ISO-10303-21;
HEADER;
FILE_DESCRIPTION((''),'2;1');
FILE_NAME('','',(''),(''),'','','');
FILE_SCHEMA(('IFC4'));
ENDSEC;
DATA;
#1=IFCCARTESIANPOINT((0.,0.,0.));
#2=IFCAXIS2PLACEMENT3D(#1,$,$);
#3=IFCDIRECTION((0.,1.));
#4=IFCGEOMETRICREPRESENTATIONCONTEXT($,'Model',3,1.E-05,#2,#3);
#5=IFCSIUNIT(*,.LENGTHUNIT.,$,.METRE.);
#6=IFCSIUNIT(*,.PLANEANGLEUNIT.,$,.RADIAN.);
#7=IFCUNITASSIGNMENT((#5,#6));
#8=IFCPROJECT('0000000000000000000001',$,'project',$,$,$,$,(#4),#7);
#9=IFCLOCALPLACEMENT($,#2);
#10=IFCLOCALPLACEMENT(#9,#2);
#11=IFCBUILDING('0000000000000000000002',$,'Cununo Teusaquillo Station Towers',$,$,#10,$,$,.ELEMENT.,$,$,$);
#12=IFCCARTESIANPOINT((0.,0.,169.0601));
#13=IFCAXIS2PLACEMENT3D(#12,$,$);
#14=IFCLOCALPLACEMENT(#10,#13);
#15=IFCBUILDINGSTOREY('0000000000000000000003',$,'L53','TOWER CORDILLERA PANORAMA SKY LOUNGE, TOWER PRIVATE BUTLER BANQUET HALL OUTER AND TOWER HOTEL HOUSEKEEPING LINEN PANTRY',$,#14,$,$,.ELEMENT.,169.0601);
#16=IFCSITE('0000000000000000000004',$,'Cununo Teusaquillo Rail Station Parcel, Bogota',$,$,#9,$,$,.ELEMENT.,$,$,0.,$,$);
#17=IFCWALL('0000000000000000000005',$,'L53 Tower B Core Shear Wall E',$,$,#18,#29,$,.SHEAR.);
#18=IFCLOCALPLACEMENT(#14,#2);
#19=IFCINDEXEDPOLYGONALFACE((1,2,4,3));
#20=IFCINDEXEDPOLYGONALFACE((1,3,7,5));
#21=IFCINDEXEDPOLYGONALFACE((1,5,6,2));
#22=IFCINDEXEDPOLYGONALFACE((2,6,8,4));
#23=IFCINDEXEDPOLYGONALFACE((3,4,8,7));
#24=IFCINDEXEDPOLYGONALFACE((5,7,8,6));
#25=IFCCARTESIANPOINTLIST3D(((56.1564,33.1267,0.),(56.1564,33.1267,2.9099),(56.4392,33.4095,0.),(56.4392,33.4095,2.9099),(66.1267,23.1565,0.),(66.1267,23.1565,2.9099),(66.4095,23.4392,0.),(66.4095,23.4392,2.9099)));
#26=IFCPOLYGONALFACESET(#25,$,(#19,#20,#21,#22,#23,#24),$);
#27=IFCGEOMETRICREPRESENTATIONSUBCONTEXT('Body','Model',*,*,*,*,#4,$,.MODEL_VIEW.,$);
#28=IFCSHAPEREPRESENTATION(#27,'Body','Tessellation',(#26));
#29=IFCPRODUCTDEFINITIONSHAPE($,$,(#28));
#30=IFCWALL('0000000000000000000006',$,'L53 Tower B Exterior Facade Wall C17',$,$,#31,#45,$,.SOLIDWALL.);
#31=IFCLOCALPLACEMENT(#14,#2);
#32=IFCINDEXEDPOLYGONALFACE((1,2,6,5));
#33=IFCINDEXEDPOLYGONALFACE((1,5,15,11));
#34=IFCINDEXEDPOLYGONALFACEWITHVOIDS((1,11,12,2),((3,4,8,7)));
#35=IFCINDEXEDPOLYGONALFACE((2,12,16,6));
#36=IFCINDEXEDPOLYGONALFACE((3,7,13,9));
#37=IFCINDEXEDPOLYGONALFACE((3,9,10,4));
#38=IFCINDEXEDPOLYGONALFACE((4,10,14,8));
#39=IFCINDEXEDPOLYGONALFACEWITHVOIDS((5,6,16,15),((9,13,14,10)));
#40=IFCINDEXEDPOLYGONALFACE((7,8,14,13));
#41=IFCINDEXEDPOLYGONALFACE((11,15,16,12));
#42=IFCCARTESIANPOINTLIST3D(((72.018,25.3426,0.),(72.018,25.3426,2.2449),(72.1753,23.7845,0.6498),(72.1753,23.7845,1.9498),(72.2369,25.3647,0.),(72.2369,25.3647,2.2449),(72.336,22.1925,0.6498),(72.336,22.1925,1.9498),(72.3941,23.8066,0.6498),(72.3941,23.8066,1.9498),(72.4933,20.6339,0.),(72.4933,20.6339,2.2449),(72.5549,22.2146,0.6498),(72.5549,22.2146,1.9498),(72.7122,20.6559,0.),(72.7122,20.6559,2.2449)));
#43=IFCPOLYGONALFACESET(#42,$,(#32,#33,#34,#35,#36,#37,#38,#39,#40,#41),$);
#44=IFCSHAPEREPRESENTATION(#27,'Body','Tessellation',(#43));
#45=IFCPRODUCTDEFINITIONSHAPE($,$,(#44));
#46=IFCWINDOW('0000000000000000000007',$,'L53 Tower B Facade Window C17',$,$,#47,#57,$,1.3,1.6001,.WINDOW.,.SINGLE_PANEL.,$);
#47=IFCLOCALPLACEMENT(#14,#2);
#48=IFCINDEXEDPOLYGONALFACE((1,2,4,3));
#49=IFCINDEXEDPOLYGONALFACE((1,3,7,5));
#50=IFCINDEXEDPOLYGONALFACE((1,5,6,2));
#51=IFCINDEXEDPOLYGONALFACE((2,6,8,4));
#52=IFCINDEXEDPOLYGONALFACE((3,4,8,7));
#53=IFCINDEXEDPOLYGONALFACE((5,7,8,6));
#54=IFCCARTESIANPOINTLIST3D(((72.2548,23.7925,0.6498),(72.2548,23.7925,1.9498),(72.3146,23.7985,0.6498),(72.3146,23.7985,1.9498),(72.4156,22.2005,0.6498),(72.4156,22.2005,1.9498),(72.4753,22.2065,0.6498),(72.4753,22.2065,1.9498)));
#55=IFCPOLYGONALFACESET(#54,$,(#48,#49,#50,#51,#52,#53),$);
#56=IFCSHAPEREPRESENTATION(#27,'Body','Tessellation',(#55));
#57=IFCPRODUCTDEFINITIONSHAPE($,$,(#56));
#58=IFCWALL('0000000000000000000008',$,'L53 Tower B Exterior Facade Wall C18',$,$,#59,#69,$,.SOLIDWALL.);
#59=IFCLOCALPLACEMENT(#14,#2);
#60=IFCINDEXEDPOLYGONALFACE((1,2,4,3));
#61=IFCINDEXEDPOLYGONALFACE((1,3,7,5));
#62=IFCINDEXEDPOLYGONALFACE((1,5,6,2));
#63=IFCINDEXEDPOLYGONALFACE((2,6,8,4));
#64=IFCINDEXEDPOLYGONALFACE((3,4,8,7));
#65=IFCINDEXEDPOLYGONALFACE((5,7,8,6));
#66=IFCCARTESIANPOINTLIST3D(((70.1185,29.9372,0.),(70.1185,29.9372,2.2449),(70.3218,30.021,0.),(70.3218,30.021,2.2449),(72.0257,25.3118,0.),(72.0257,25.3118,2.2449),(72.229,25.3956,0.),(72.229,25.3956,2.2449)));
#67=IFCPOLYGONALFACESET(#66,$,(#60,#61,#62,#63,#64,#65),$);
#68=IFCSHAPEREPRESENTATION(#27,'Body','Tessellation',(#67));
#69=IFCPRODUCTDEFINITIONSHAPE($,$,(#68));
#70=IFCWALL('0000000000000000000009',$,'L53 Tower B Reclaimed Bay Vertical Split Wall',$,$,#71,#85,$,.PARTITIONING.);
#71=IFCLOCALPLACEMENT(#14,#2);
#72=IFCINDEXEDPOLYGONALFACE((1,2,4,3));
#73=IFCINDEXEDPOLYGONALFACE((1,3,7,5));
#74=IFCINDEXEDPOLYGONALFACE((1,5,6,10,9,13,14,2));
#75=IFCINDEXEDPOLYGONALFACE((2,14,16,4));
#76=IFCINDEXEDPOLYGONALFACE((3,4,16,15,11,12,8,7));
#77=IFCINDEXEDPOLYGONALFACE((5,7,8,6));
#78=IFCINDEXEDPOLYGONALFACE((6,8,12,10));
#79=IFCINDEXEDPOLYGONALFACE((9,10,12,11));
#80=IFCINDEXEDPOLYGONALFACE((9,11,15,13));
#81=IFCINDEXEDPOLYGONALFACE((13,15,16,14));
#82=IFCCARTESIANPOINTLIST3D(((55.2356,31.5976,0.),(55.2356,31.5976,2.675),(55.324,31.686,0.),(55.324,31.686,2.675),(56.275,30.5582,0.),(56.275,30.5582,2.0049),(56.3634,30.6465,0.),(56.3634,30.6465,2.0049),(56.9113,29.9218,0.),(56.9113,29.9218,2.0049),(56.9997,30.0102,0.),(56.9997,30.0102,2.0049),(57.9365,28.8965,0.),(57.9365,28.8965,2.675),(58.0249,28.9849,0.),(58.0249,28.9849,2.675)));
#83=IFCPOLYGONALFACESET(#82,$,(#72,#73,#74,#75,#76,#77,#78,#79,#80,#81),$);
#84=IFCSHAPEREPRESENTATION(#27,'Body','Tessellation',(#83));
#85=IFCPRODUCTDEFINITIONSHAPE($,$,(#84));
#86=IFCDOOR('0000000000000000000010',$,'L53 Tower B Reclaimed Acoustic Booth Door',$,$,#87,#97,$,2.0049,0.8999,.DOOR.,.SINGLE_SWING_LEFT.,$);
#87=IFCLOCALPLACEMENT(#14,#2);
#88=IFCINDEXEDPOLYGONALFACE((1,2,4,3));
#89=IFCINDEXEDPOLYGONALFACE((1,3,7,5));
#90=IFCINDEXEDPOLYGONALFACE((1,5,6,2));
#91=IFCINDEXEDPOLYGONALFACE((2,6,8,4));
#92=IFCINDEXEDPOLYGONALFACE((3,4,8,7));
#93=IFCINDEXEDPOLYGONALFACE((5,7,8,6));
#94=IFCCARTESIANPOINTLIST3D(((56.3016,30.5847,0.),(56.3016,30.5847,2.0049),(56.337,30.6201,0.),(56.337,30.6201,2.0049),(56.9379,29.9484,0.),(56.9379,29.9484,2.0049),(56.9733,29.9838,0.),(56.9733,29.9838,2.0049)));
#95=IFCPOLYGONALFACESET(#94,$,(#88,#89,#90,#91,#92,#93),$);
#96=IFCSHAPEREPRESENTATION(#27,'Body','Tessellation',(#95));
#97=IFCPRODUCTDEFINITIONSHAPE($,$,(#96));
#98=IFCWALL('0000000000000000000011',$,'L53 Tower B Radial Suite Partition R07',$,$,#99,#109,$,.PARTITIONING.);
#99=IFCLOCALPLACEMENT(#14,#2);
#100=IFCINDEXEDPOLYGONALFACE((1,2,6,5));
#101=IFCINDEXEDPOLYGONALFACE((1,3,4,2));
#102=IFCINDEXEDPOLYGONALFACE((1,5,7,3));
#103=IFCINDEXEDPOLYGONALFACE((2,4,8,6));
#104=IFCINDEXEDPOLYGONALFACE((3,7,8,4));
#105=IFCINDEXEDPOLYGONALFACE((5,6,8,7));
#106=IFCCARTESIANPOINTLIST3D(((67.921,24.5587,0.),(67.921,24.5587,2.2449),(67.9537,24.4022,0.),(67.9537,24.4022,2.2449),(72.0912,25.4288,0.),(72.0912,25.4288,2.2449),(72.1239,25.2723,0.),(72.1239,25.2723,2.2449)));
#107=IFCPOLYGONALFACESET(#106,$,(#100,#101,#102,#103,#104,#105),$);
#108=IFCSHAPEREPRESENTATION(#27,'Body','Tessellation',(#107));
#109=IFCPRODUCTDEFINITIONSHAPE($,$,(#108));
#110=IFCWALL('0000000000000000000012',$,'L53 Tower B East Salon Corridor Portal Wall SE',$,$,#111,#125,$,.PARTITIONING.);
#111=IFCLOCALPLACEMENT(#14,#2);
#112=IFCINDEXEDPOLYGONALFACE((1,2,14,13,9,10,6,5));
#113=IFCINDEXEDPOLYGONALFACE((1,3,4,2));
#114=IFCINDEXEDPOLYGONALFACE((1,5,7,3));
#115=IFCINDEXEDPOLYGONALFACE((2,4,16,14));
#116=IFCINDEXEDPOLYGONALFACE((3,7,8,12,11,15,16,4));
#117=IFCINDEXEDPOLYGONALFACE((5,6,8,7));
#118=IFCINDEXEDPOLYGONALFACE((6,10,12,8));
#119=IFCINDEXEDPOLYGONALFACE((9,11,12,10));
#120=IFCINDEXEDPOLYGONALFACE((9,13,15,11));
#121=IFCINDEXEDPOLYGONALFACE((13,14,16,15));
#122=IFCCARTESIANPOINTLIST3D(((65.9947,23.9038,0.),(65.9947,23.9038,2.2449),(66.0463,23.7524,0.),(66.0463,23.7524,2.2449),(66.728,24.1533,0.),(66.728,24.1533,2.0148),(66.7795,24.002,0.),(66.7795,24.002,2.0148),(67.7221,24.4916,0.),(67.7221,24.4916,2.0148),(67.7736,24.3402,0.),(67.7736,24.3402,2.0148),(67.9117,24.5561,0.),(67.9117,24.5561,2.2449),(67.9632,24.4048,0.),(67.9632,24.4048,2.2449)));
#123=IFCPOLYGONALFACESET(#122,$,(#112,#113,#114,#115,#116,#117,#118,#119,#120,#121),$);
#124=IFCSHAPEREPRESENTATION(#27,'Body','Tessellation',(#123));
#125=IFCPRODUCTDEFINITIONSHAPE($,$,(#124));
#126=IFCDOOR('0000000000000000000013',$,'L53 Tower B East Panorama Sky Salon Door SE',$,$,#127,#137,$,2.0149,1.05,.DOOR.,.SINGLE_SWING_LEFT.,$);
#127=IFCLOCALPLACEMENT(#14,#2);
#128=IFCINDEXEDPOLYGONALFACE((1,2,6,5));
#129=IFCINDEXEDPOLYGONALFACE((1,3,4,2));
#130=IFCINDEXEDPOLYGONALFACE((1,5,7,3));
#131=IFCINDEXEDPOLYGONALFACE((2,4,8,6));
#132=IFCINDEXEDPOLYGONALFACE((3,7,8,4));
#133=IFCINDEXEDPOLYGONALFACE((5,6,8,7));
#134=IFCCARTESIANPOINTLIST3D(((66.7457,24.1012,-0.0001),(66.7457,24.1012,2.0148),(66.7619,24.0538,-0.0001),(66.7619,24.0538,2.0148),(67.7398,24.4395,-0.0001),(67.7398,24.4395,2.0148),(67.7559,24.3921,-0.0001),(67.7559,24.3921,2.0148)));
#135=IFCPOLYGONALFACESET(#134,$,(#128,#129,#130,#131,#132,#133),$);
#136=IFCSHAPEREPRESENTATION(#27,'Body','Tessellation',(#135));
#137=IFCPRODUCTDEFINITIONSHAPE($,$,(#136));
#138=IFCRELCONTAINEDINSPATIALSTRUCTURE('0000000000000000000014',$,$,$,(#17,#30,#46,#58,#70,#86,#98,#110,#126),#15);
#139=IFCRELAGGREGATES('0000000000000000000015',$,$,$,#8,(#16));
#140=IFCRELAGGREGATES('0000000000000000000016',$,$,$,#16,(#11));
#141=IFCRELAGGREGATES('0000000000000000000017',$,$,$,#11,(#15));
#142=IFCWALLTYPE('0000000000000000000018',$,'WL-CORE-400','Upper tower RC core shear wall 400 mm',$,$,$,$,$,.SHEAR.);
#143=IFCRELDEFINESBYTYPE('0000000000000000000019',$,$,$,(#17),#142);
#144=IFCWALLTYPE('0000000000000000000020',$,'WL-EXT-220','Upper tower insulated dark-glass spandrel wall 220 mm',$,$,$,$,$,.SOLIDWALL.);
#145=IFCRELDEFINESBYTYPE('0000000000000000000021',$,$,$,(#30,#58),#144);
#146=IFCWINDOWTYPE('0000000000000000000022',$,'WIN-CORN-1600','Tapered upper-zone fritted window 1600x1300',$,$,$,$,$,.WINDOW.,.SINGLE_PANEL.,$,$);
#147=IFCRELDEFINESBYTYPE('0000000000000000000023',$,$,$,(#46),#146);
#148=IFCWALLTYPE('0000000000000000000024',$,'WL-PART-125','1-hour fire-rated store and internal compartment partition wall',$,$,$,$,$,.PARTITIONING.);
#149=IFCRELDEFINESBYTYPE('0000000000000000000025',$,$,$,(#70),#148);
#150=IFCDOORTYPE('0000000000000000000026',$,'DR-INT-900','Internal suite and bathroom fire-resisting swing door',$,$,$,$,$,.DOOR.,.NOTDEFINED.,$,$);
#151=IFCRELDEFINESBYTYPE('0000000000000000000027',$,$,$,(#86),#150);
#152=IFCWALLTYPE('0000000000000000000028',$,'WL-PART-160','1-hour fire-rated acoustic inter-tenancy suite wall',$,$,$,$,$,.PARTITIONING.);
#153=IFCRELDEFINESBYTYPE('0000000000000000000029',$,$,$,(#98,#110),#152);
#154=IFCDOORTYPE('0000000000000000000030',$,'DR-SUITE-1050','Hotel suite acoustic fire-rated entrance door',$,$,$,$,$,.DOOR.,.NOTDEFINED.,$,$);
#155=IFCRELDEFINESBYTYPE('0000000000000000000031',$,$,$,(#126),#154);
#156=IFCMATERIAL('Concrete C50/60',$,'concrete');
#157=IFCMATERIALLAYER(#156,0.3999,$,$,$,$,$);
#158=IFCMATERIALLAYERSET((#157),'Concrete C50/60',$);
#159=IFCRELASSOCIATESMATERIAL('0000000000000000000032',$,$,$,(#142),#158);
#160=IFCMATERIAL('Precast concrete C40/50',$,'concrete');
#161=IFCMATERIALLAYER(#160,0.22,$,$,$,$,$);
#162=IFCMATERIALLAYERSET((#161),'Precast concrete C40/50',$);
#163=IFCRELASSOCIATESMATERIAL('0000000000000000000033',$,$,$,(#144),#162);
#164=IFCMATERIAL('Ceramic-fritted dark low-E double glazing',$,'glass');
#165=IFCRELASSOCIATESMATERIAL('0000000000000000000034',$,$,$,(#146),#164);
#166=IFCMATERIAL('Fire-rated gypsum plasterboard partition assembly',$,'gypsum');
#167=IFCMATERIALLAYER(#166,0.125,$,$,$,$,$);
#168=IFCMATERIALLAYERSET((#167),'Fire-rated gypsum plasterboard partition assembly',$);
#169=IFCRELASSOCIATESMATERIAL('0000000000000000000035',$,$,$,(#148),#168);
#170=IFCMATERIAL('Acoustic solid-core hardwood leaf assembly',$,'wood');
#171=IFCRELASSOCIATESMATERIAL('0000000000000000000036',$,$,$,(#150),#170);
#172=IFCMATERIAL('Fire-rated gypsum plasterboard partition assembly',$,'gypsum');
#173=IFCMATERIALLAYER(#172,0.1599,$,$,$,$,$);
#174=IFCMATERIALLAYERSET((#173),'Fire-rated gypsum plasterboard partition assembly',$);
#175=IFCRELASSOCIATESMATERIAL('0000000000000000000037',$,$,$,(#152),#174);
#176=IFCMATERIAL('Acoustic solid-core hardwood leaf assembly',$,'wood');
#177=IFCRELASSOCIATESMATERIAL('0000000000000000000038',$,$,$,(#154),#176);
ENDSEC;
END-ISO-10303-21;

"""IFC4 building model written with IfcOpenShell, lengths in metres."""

from ifc_helpers import new_model, si_unit, direction, frame, frame_2d, origin, place, context, subcontext, project, spatial, rectangle, extrude, source, transform, mapped, material, layer, layer_set, type_object, element, fill, save


model = new_model("IFC4")

# Units and contexts
model_context = context("Model", 3, precision=1e-05, world=origin(), true_north=direction((0.0, 1.0)))
body_context = subcontext(model_context, "Body", "Model", "MODEL_VIEW")
ifc_project = project(units=[si_unit("LENGTHUNIT", "METRE"), si_unit("PLANEANGLEUNIT", "RADIAN")], contexts=[model_context])

# Site, building, storey
site_placement = place(None, origin())
site = spatial("IfcSite", under=ifc_project, at=site_placement, Name="Cununo Teusaquillo Rail Station Parcel, Bogota", CompositionType="ELEMENT", RefElevation=0.0)
building_placement = place(site_placement, origin())
building = spatial("IfcBuilding", under=site, at=building_placement, Name="Cununo Teusaquillo Station Towers", CompositionType="ELEMENT")
storey_placement = place(building_placement, frame((0.0, 0.0, 169.0601)))
storey = spatial("IfcBuildingStorey", under=building, at=storey_placement, Name="L53", Description="TOWER CORDILLERA PANORAMA SKY LOUNGE, TOWER PRIVATE BUTLER BANQUET HALL OUTER AND TOWER HOTEL HOUSEKEEPING LINEN PANTRY", CompositionType="ELEMENT", Elevation=169.0601)

# Wall
ifc_material_1 = material(Name="Concrete C50/60", Category="concrete")
ifc_layer_1 = layer(ifc_material_1, 0.3999)
ifc_layer_set_1 = layer_set([ifc_layer_1], Name="Concrete C50/60")
wall_type_1 = type_object("IfcWallType", Name="WL-CORE-400", Description="Upper tower RC core shear wall 400 mm", PredefinedType="SHEAR", material=ifc_layer_set_1)
wall_1_placement = place(storey_placement, frame((66.2681, 23.2979, 0.0), z_axis=(0.0, 0.0, 1.0), x_axis=(-0.707107, 0.707107, 0.0)))
element("IfcWall", 1, at=wall_1_placement, inside=storey, type_object=wall_type_1, Name="L53 Tower B Core Shear Wall E", PredefinedType="SHEAR", context=body_context, shape_type="SweptSolid", body=[
    extrude(rectangle(XDim=14.1001, YDim=0.3999, at=frame_2d((7.05, 0.0))), origin(), (0.0, 0.0, 1.0), 2.9099),
])

# Wall, opening, window
ifc_material_2 = material(Name="Precast concrete C40/50", Category="concrete")
ifc_layer_2 = layer(ifc_material_2, 0.22)
ifc_layer_set_2 = layer_set([ifc_layer_2], Name="Precast concrete C40/50")
wall_type_2 = type_object("IfcWallType", Name="WL-EXT-220", Description="Upper tower insulated dark-glass spandrel wall 220 mm", PredefinedType="SOLIDWALL", material=ifc_layer_set_2)
wall_2_placement = place(storey_placement, frame((72.1274, 25.3535, 0.0), z_axis=(0.0, 0.0, 1.0), x_axis=(0.100438, -0.994943, 0.0)))
wall_2 = element("IfcWall", 2, at=wall_2_placement, inside=storey, type_object=wall_type_2, Name="L53 Tower B Exterior Facade Wall C17", PredefinedType="SOLIDWALL", context=body_context, shape_type="SweptSolid", body=[
    extrude(rectangle(XDim=4.7327, YDim=0.22, at=frame_2d((2.3662, 0.0))), origin(), (0.0, 0.0, 1.0), 2.2449),
])
shared_shape_1 = source(origin(), body_context, "Body", "SweptSolid", [
    extrude(rectangle(XDim=1.6001, YDim=1.3, at=frame_2d((0.8, 0.6499))), frame((0.0, 0.1199, 0.0), z_axis=(0.0, -1.0, 0.0), x_axis=(1.0, 0.0, 0.0)), (0.0, 0.0, 1.0), 0.24),
])
opening_1_placement = place(wall_2_placement, frame((1.5659, 0.0, 0.6499)))
opening_1 = element("IfcOpeningElement", 3, at=opening_1_placement, cuts=wall_2, PredefinedType="OPENING", context=body_context, shape_type="MappedRepresentation", body=[
    mapped(shared_shape_1, transform((0.0, 0.0, 0.0), x_axis=(1.0, 0.0, 0.0), y_axis=(0.0, 1.0, 0.0), z_axis=(0.0, 0.0, 1.0), scale=1.0)),
])
ifc_material_3 = material(Name="Ceramic-fritted dark low-E double glazing", Category="glass")
window_type = type_object("IfcWindowType", Name="WIN-CORN-1600", Description="Tapered upper-zone fritted window 1600x1300", PartitioningType="SINGLE_PANEL", PredefinedType="WINDOW", material=ifc_material_3)
shared_shape_2 = source(origin(), body_context, "Body", "SweptSolid", [
    extrude(rectangle(XDim=1.6001, YDim=1.3, at=frame_2d((0.8, 0.6499))), frame((0.0, 0.03, 0.0), z_axis=(0.0, -1.0, 0.0), x_axis=(1.0, 0.0, 0.0)), (0.0, 0.0, 1.0), 0.0601),
])
window_placement = place(opening_1_placement, origin())
window = element("IfcWindow", 4, at=window_placement, inside=storey, type_object=window_type, Name="L53 Tower B Facade Window C17", OverallHeight=1.3, OverallWidth=1.6001, PartitioningType="SINGLE_PANEL", PredefinedType="WINDOW", context=body_context, shape_type="MappedRepresentation", body=[
    mapped(shared_shape_2, transform((0.0, 0.0, 0.0), x_axis=(1.0, 0.0, 0.0), y_axis=(0.0, 1.0, 0.0), z_axis=(0.0, 0.0, 1.0), scale=1.0)),
])
fill(opening_1, window)

# Wall
wall_3_placement = place(storey_placement, frame((70.2202, 29.979, 0.0), z_axis=(0.0, 0.0, 1.0), x_axis=(0.381196, -0.924494, 0.0)))
element("IfcWall", 5, at=wall_3_placement, inside=storey, type_object=wall_type_2, Name="L53 Tower B Exterior Facade Wall C18", PredefinedType="SOLIDWALL", context=body_context, shape_type="SweptSolid", body=[
    extrude(rectangle(XDim=5.0032, YDim=0.22, at=frame_2d((2.5015, 0.0))), origin(), (0.0, 0.0, 1.0), 2.2449),
])

# Wall, opening, door
ifc_material_4 = material(Name="Fire-rated gypsum plasterboard partition assembly", Category="gypsum")
ifc_layer_3 = layer(ifc_material_4, 0.125)
ifc_layer_set_3 = layer_set([ifc_layer_3], Name="Fire-rated gypsum plasterboard partition assembly")
wall_type_3 = type_object("IfcWallType", Name="WL-PART-125", Description="1-hour fire-rated store and internal compartment partition wall", PredefinedType="PARTITIONING", material=ifc_layer_set_3)
wall_4_placement = place(storey_placement, frame((57.9807, 28.9407, 0.0), z_axis=(0.0, 0.0, 1.0), x_axis=(-0.707075, 0.707139, 0.0)))
wall_4 = element("IfcWall", 6, at=wall_4_placement, inside=storey, type_object=wall_type_3, Name="L53 Tower B Reclaimed Bay Vertical Split Wall", PredefinedType="PARTITIONING", context=body_context, shape_type="SweptSolid", body=[
    extrude(rectangle(XDim=3.8198, YDim=0.125, at=frame_2d((1.9099, 0.0))), origin(), (0.0, 0.0, 1.0), 2.675),
])
shared_shape_3 = source(origin(), body_context, "Body", "SweptSolid", [
    extrude(rectangle(XDim=0.8999, YDim=2.0049, at=frame_2d((0.45, 1.0024))), frame((0.0, 0.0725, 0.0), z_axis=(0.0, -1.0, 0.0), x_axis=(1.0, 0.0, 0.0)), (0.0, 0.0, 1.0), 0.145),
])
opening_2_placement = place(wall_4_placement, frame((1.45, 0.0, 0.0)))
opening_2 = element("IfcOpeningElement", 7, at=opening_2_placement, cuts=wall_4, PredefinedType="OPENING", context=body_context, shape_type="MappedRepresentation", body=[
    mapped(shared_shape_3, transform((0.0, 0.0, 0.0), x_axis=(1.0, 0.0, 0.0), y_axis=(0.0, 1.0, 0.0), z_axis=(0.0, 0.0, 1.0), scale=1.0)),
])
ifc_material_5 = material(Name="Acoustic solid-core hardwood leaf assembly", Category="wood")
door_type_1 = type_object("IfcDoorType", Name="DR-INT-900", Description="Internal suite and bathroom fire-resisting swing door", OperationType="NOTDEFINED", PredefinedType="DOOR", material=ifc_material_5)
shared_shape_4 = source(origin(), body_context, "Body", "SweptSolid", [
    extrude(rectangle(XDim=0.8999, YDim=2.0049, at=frame_2d((0.45, 1.0024))), frame((0.0, 0.0249, 0.0), z_axis=(0.0, -1.0, 0.0), x_axis=(1.0, 0.0, 0.0)), (0.0, 0.0, 1.0), 0.05),
])
door_1_placement = place(opening_2_placement, origin())
door_1 = element("IfcDoor", 8, at=door_1_placement, inside=storey, type_object=door_type_1, Name="L53 Tower B Reclaimed Acoustic Booth Door", OperationType="SINGLE_SWING_LEFT", OverallHeight=2.0049, OverallWidth=0.8999, PredefinedType="DOOR", context=body_context, shape_type="MappedRepresentation", body=[
    mapped(shared_shape_4, transform((0.0, 0.0, 0.0), x_axis=(1.0, 0.0, 0.0), y_axis=(0.0, 1.0, 0.0), z_axis=(0.0, 0.0, 1.0), scale=1.0)),
])
fill(opening_2, door_1)

# Wall
ifc_material_6 = material(Name="Fire-rated gypsum plasterboard partition assembly", Category="gypsum")
ifc_layer_4 = layer(ifc_material_6, 0.1599)
ifc_layer_set_4 = layer_set([ifc_layer_4], Name="Fire-rated gypsum plasterboard partition assembly")
wall_type_4 = type_object("IfcWallType", Name="WL-PART-160", Description="1-hour fire-rated acoustic inter-tenancy suite wall", PredefinedType="PARTITIONING", material=ifc_layer_set_4)
wall_5_placement = place(storey_placement, frame((67.9375, 24.4805, 0.0), z_axis=(0.0, 0.0, 1.0), x_axis=(0.978918, 0.204254, 0.0)))
element("IfcWall", 9, at=wall_5_placement, inside=storey, type_object=wall_type_4, Name="L53 Tower B Radial Suite Partition R07", PredefinedType="PARTITIONING", context=body_context, shape_type="SweptSolid", body=[
    extrude(rectangle(XDim=4.26, YDim=0.1599, at=frame_2d((2.1299, 0.0))), origin(), (0.0, 0.0, 1.0), 2.2449),
])

# Wall, opening, door
wall_6_placement = place(storey_placement, frame((66.0205, 23.8281, 0.0), z_axis=(0.0, 0.0, 1.0), x_axis=(0.946687, 0.322153, 0.0)))
wall_6 = element("IfcWall", 10, at=wall_6_placement, inside=storey, type_object=wall_type_4, Name="L53 Tower B East Salon Corridor Portal Wall SE", PredefinedType="PARTITIONING", context=body_context, shape_type="SweptSolid", body=[
    extrude(rectangle(XDim=2.0249, YDim=0.1599, at=frame_2d((1.0125, 0.0))), origin(), (0.0, 0.0, 1.0), 2.2449),
])
shared_shape_5 = source(origin(), body_context, "Body", "SweptSolid", [
    extrude(rectangle(XDim=1.05, YDim=2.0149, at=frame_2d((0.5249, 1.0073))), frame((0.0, 0.0898, 0.0), z_axis=(0.0, -1.0, 0.0), x_axis=(1.0, 0.0, 0.0)), (0.0, 0.0, 1.0), 0.1799),
])
opening_3_placement = place(wall_6_placement, frame((0.7747, 0.0, 0.0)))
opening_3 = element("IfcOpeningElement", 11, at=opening_3_placement, cuts=wall_6, PredefinedType="OPENING", context=body_context, shape_type="MappedRepresentation", body=[
    mapped(shared_shape_5, transform((0.0, 0.0, 0.0), x_axis=(1.0, 0.0, 0.0), y_axis=(0.0, 1.0, 0.0), z_axis=(0.0, 0.0, 1.0), scale=1.0)),
])
ifc_material_7 = material(Name="Acoustic solid-core hardwood leaf assembly", Category="wood")
door_type_2 = type_object("IfcDoorType", Name="DR-SUITE-1050", Description="Hotel suite acoustic fire-rated entrance door", OperationType="NOTDEFINED", PredefinedType="DOOR", material=ifc_material_7)
shared_shape_6 = source(origin(), body_context, "Body", "SweptSolid", [
    extrude(rectangle(XDim=1.05, YDim=2.0149, at=frame_2d((0.5249, 1.0073))), frame((0.0, 0.0249, 0.0), z_axis=(0.0, -1.0, 0.0), x_axis=(1.0, 0.0, 0.0)), (0.0, 0.0, 1.0), 0.05),
])
door_2_placement = place(opening_3_placement, origin())
door_2 = element("IfcDoor", 12, at=door_2_placement, inside=storey, type_object=door_type_2, Name="L53 Tower B East Panorama Sky Salon Door SE", OperationType="SINGLE_SWING_LEFT", OverallHeight=2.0149, OverallWidth=1.05, PredefinedType="DOOR", context=body_context, shape_type="MappedRepresentation", body=[
    mapped(shared_shape_6, transform((0.0, 0.0, 0.0), x_axis=(1.0, 0.0, 0.0), y_axis=(0.0, 1.0, 0.0), z_axis=(0.0, 0.0, 1.0), scale=1.0)),
])
fill(opening_3, door_2)

save(model, "model.ifc")
